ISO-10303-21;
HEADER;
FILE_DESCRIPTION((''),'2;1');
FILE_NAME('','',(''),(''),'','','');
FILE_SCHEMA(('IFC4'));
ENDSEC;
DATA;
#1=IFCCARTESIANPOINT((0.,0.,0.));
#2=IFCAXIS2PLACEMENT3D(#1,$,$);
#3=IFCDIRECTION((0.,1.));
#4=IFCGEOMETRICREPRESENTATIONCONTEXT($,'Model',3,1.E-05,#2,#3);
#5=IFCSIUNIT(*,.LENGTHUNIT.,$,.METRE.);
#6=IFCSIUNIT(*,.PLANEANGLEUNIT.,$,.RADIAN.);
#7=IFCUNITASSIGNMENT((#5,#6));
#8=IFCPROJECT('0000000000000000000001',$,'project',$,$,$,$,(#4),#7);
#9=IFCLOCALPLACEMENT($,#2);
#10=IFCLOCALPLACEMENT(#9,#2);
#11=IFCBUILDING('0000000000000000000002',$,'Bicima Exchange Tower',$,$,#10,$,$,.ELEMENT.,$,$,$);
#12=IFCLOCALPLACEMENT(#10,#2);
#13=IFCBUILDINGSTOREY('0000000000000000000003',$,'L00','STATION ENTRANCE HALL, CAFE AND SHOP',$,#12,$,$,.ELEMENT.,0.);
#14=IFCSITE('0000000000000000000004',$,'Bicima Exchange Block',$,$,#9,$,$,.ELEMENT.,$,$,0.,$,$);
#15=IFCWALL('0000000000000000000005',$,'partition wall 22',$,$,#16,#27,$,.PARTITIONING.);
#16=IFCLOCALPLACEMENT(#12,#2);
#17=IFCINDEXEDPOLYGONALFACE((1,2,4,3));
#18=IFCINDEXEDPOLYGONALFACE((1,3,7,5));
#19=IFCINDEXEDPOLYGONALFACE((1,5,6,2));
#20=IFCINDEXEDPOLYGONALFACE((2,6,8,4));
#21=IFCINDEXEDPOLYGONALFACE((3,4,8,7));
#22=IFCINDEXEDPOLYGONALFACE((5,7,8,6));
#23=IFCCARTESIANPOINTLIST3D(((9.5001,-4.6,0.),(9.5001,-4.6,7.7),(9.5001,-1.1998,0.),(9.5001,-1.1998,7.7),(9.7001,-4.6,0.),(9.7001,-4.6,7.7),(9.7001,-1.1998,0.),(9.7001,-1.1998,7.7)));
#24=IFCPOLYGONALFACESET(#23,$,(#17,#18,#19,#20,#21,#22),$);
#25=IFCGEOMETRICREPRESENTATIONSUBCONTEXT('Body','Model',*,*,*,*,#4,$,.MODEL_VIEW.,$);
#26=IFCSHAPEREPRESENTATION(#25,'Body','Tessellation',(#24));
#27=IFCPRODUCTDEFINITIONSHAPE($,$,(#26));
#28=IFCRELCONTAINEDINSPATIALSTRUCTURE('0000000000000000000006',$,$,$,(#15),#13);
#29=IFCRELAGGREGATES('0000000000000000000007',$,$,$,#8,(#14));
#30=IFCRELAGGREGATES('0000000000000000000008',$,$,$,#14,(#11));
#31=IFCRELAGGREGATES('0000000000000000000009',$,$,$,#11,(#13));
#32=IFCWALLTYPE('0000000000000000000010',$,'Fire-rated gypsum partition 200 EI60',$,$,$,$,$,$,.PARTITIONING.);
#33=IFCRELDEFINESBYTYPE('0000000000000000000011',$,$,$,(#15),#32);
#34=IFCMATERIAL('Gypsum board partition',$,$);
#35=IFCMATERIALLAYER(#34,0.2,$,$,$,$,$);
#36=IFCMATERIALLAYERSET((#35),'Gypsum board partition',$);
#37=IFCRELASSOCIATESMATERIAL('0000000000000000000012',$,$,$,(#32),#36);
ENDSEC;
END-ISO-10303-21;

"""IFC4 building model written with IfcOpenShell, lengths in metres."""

from ifc_helpers import new_model, si_unit, direction, frame, frame_2d, origin, place, context, subcontext, project, spatial, rectangle, extrude, material, layer, layer_set, type_object, element, save


model = new_model("IFC4")

# Units and contexts
model_context = context("Model", 3, precision=1e-05, world=origin(), true_north=direction((0.0, 1.0)))
body_context = subcontext(model_context, "Body", "Model", "MODEL_VIEW")
ifc_project = project(units=[si_unit("LENGTHUNIT", "METRE"), si_unit("PLANEANGLEUNIT", "RADIAN")], contexts=[model_context])

# Site, building, storey
site_placement = place(None, origin())
site = spatial("IfcSite", under=ifc_project, at=site_placement, Name="Bicima Exchange Block", CompositionType="ELEMENT", RefElevation=0.0)
building_placement = place(site_placement, origin())
building = spatial("IfcBuilding", under=site, at=building_placement, Name="Bicima Exchange Tower", CompositionType="ELEMENT")
storey_placement = place(building_placement, origin())
storey = spatial("IfcBuildingStorey", under=building, at=storey_placement, Name="L00", Description="STATION ENTRANCE HALL, CAFE AND SHOP", CompositionType="ELEMENT", Elevation=0.0)

# Wall
ifc_material_1 = material(Name="Gypsum board partition")
ifc_layer_1 = layer(ifc_material_1, 0.2)
ifc_layer_set_1 = layer_set([ifc_layer_1], Name="Gypsum board partition")
wall_type_1 = type_object("IfcWallType", Name="Fire-rated gypsum partition 200 EI60", PredefinedType="PARTITIONING", material=ifc_layer_set_1)
for number, where, z_axis, x_axis, name in (
    (1, (9.6001, -4.6001, 0.0), (0.0, 0.0, 1.0), (0.0, 1.0, 0.0), "partition wall 22"),
):
    element("IfcWall", number, at=place(storey_placement, frame(where, z_axis=z_axis, x_axis=x_axis)), inside=storey, type_object=wall_type_1, Name=name, PredefinedType="PARTITIONING", context=body_context, shape_type="SweptSolid", body=[
        extrude(rectangle(XDim=3.4001, YDim=0.2, at=frame_2d((1.7002, 0.0))), origin(), (0.0, 0.0, 1.0), 7.7),
    ])

save(model, "model.ifc")
